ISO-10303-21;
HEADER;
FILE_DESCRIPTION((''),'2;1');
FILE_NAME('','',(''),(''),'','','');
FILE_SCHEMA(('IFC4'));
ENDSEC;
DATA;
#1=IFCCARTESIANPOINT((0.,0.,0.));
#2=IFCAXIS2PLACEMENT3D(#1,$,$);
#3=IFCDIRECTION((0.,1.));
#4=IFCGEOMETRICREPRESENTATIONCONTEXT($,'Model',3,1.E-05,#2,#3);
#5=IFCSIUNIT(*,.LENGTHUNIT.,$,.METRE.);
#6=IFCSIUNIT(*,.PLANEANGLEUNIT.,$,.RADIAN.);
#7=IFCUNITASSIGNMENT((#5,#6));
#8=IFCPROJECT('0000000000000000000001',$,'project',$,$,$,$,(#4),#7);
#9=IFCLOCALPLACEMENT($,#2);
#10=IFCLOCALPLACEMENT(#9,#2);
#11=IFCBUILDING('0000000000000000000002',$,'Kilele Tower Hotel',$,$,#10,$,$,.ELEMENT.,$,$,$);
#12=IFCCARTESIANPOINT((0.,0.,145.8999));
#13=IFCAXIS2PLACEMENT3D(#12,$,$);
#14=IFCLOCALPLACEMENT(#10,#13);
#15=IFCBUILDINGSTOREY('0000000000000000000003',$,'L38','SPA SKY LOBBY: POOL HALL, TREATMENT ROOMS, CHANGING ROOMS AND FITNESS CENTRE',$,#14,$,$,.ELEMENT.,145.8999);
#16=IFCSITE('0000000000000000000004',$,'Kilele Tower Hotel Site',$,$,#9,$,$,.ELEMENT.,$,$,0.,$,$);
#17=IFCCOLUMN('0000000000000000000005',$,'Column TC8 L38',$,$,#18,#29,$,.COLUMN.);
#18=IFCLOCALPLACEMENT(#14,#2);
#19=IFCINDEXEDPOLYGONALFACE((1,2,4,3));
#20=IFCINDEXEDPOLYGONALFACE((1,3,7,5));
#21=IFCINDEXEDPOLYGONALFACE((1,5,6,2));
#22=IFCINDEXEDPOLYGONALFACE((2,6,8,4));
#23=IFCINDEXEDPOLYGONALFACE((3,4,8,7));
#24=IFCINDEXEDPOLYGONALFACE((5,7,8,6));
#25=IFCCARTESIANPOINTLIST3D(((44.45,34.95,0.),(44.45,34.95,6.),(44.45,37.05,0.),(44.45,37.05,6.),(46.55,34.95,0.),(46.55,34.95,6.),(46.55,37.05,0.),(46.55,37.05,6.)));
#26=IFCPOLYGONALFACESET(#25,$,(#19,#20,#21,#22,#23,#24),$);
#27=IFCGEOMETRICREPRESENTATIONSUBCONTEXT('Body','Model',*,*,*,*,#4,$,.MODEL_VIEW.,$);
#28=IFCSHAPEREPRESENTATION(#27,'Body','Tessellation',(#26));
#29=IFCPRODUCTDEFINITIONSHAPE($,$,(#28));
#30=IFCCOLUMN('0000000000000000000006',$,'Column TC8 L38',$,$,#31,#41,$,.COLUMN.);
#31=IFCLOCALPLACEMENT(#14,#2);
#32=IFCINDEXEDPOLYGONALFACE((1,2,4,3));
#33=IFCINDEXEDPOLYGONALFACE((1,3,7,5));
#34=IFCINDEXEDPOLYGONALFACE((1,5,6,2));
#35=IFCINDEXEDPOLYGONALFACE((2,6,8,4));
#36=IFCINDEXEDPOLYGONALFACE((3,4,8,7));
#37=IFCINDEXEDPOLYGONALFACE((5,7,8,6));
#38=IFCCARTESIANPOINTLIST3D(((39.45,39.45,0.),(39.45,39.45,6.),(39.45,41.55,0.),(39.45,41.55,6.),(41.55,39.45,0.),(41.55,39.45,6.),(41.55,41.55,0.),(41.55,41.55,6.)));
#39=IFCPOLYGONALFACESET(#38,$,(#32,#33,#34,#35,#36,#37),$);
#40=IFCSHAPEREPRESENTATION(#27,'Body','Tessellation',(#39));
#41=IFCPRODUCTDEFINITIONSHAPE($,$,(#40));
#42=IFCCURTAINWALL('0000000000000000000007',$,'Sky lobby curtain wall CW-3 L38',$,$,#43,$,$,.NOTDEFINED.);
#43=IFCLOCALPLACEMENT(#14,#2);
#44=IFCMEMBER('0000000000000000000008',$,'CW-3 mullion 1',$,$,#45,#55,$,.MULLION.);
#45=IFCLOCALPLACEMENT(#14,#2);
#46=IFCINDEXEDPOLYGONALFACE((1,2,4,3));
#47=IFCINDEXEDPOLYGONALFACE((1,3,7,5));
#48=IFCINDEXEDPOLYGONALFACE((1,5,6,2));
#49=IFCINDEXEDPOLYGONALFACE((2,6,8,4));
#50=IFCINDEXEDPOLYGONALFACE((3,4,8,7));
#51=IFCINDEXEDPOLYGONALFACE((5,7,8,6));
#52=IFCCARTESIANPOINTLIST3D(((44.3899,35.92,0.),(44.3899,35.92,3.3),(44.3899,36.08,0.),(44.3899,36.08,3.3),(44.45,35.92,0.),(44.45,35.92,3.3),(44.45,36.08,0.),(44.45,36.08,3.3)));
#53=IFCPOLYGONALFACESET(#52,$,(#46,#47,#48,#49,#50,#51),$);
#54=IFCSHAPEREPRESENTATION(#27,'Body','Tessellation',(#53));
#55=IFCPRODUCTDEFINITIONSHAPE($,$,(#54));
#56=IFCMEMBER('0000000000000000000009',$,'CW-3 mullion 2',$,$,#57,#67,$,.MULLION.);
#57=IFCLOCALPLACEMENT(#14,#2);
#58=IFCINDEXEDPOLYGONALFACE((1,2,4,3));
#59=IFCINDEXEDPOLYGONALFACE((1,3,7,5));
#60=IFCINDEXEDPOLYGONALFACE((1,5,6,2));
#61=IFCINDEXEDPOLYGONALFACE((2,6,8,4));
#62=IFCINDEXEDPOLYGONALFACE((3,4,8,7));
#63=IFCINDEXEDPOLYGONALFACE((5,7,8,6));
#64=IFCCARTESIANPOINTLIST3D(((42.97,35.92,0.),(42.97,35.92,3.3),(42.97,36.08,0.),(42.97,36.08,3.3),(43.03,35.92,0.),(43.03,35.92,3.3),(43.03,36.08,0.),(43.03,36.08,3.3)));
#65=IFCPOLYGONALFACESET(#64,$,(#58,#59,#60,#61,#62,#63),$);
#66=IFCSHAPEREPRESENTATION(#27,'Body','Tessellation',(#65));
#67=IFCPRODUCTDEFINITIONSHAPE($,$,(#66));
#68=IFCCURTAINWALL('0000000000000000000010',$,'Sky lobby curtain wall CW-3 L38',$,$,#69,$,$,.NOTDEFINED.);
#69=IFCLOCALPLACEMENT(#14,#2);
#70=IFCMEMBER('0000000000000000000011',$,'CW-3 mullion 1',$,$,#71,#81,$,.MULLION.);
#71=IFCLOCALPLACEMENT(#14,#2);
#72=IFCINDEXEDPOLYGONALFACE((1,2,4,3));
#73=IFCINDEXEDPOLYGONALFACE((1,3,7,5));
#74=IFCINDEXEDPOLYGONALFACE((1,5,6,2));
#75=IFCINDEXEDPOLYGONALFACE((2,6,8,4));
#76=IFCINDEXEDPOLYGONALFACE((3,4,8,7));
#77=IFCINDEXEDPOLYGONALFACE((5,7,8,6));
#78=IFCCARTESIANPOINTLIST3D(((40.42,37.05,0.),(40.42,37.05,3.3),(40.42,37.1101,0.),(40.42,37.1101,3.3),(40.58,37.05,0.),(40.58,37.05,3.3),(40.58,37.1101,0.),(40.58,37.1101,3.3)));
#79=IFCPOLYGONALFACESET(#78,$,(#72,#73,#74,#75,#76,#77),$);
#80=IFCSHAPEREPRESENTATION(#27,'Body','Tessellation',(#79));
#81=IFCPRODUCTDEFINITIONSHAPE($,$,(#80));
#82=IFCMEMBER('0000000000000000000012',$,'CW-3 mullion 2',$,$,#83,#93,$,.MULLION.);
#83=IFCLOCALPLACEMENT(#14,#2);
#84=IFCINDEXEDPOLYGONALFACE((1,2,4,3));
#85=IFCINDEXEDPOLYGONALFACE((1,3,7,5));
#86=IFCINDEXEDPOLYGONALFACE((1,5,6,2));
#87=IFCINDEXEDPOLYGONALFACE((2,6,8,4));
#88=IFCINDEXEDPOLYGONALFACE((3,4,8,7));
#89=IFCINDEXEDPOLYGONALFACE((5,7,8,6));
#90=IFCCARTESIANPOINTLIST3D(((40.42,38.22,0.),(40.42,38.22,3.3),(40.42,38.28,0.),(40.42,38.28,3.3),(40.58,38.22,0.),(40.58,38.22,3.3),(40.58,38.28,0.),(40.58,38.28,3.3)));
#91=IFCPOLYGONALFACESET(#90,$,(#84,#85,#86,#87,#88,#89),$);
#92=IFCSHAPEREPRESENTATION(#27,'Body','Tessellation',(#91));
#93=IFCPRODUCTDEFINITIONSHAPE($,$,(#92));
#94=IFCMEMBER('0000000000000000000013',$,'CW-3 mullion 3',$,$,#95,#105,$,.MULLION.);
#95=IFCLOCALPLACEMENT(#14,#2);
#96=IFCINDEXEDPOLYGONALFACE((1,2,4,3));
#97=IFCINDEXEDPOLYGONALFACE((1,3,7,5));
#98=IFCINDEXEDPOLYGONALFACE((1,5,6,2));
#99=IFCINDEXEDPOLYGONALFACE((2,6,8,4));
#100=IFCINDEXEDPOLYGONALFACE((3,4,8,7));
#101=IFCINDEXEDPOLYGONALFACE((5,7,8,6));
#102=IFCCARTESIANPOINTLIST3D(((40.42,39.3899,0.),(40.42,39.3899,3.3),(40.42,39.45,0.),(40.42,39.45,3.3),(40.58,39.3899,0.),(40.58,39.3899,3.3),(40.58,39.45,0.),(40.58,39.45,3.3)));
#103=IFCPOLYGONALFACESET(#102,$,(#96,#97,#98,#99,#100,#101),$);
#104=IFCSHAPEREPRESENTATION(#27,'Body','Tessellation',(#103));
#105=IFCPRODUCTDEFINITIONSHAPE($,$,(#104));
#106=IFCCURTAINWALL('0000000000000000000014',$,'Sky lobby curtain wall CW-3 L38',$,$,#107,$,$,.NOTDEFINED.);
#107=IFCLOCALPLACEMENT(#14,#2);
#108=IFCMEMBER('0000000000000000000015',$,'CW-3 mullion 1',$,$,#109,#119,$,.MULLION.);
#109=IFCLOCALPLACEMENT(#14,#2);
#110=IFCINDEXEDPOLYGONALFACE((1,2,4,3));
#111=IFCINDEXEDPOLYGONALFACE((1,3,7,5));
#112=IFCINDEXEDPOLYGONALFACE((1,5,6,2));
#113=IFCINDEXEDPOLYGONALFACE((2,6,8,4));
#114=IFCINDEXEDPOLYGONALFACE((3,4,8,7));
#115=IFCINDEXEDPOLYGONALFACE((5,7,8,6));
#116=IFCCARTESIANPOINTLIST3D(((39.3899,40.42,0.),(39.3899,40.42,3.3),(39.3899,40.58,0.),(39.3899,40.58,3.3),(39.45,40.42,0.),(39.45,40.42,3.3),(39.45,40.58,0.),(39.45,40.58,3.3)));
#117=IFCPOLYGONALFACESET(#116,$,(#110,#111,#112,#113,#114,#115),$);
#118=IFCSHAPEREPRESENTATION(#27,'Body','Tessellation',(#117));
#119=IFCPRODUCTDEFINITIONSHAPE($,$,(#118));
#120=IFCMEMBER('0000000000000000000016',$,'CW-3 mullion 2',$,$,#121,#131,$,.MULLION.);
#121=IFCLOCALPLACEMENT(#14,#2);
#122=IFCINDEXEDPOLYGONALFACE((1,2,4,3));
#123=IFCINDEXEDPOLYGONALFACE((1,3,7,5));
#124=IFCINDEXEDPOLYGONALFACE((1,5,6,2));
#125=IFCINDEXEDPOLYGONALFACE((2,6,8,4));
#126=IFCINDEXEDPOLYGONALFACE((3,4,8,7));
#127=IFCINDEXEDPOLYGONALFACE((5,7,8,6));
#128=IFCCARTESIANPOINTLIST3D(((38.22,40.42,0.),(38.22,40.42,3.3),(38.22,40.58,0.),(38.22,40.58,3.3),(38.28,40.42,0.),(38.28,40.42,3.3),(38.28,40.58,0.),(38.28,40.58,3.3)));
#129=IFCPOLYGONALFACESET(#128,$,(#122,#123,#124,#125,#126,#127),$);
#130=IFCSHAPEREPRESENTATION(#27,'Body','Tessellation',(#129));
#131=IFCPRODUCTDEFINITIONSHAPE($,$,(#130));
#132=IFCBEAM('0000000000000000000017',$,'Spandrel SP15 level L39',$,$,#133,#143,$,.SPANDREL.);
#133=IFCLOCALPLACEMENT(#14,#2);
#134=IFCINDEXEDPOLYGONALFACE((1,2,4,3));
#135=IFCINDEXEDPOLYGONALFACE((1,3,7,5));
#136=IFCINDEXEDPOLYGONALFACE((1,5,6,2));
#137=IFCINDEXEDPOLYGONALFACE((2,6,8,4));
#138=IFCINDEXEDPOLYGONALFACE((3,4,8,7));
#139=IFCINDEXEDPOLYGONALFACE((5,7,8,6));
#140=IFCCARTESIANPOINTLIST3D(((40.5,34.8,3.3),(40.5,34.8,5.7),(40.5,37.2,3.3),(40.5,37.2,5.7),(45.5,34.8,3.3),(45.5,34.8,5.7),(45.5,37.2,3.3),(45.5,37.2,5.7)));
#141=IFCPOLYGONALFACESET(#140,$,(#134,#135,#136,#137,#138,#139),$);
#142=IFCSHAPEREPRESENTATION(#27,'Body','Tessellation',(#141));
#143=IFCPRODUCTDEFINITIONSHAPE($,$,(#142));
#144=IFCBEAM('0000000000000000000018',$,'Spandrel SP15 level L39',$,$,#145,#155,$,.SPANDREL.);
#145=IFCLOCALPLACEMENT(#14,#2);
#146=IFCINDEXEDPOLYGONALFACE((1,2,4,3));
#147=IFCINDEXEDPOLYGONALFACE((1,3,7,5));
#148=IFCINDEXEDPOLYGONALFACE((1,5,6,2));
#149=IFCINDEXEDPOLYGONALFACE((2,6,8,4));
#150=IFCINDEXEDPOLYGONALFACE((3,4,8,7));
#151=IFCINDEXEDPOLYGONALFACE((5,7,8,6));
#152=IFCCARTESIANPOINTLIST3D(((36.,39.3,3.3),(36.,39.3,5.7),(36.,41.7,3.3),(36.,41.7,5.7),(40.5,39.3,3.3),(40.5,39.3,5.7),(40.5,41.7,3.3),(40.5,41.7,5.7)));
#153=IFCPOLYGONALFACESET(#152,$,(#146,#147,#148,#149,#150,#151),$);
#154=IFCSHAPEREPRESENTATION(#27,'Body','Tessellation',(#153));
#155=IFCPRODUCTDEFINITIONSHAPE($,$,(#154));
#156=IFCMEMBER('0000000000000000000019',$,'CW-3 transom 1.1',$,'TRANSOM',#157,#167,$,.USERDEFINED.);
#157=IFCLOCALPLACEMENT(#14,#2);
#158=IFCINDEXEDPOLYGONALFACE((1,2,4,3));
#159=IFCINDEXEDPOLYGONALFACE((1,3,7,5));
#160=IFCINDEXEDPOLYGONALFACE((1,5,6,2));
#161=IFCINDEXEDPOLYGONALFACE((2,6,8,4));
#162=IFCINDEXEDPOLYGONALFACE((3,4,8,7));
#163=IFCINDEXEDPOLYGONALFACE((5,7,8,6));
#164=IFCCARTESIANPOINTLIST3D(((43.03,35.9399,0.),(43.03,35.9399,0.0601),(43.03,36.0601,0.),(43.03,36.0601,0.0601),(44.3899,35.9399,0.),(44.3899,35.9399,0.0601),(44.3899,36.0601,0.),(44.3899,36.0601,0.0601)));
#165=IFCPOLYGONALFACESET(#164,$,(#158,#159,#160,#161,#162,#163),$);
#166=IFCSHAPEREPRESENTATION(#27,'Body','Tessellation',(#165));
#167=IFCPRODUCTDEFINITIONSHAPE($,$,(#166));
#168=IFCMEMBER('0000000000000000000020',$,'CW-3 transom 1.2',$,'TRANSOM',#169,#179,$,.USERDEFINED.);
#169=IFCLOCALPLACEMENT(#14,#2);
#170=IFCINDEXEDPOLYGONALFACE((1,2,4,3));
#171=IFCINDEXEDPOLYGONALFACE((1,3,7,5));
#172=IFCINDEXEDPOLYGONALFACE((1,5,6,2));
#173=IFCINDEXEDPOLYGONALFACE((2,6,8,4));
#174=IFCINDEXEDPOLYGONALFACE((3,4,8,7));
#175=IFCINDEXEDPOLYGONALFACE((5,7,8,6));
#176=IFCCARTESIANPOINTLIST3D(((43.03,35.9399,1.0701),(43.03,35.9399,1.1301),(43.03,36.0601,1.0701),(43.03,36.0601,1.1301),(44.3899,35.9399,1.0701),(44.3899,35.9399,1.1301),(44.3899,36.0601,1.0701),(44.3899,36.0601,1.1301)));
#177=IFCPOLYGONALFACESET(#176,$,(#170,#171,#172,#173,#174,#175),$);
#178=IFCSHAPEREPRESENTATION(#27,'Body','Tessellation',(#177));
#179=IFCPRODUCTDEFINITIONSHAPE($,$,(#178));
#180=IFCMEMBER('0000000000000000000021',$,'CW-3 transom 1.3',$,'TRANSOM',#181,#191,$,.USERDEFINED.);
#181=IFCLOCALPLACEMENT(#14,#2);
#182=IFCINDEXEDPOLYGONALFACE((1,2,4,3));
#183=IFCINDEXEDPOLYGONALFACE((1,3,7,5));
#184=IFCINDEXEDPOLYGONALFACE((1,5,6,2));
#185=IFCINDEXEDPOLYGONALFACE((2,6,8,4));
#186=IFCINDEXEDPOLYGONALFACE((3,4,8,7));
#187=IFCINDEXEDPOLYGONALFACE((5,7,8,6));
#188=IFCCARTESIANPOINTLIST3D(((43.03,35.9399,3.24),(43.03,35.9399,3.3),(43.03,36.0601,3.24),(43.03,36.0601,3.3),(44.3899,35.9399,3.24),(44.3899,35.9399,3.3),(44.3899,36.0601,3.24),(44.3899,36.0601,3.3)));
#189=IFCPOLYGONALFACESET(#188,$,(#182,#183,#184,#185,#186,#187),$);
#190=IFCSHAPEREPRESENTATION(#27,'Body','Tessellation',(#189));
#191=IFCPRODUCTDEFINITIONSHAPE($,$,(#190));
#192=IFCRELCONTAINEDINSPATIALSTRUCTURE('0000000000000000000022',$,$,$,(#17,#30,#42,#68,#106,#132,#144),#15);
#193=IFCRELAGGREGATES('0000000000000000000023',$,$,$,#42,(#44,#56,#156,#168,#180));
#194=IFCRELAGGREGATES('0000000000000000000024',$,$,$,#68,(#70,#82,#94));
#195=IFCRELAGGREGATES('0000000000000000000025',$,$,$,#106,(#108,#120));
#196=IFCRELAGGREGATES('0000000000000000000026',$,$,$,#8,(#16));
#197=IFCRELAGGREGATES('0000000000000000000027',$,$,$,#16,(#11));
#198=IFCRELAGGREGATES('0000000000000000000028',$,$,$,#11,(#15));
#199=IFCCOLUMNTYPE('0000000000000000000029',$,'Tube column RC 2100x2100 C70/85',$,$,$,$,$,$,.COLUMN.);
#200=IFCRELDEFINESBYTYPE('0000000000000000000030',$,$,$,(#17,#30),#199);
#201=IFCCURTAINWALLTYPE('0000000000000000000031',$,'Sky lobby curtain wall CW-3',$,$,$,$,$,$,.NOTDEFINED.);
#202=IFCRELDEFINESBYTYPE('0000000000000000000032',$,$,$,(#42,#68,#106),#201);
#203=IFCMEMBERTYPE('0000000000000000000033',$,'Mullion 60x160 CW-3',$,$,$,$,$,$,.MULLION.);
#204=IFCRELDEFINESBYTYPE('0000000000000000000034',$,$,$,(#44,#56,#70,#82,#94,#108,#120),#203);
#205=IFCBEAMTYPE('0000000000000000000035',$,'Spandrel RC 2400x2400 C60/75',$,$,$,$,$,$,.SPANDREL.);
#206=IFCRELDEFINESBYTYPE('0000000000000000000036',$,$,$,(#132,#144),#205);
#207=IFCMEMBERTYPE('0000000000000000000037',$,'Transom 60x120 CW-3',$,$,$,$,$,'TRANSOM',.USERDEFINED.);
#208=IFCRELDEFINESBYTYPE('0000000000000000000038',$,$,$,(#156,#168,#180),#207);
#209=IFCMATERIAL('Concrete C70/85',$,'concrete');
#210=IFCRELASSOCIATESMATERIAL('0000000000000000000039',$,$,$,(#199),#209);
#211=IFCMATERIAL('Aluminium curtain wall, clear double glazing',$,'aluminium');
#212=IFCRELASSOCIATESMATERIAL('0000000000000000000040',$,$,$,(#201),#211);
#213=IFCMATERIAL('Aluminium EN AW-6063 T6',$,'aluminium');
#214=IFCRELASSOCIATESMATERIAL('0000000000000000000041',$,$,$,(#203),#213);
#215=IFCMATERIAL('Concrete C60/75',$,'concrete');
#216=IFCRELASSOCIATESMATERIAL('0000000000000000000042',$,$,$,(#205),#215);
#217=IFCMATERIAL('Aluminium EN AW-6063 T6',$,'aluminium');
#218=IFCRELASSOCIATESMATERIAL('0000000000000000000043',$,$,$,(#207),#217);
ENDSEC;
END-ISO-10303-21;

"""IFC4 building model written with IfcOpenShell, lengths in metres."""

from ifc_helpers import new_model, si_unit, direction, frame, origin, origin_2d, place, context, subcontext, project, spatial, rectangle, extrude, material, material_profile, profile_set, type_object, element, aggregate, save


model = new_model("IFC4")

# Units and contexts
model_context = context("Model", 3, precision=1e-05, world=origin(), true_north=direction((0.0, 1.0)))
body_context = subcontext(model_context, "Body", "Model", "MODEL_VIEW")
ifc_project = project(units=[si_unit("LENGTHUNIT", "METRE"), si_unit("PLANEANGLEUNIT", "RADIAN")], contexts=[model_context])

# Site, building, storey
site_placement = place(None, origin())
site = spatial("IfcSite", under=ifc_project, at=site_placement, Name="Kilele Tower Hotel Site", CompositionType="ELEMENT", RefElevation=0.0)
building_placement = place(site_placement, origin())
building = spatial("IfcBuilding", under=site, at=building_placement, Name="Kilele Tower Hotel", CompositionType="ELEMENT")
storey_placement = place(building_placement, frame((0.0, 0.0, 145.8999)))
storey = spatial("IfcBuildingStorey", under=building, at=storey_placement, Name="L38", Description="SPA SKY LOBBY: POOL HALL, TREATMENT ROOMS, CHANGING ROOMS AND FITNESS CENTRE", CompositionType="ELEMENT", Elevation=145.8999)

# Columns
ifc_material_1 = material(Name="Concrete C70/85", Category="concrete")
ifc_material_profile_1 = material_profile(ifc_material_1, rectangle(XDim=2.1001, YDim=2.1001, at=origin_2d()))
ifc_profile_set_1 = profile_set([ifc_material_profile_1], Name="Concrete C70/85")
column_type = type_object("IfcColumnType", Name="Tube column RC 2100x2100 C70/85", PredefinedType="COLUMN", material=ifc_profile_set_1)
for number, where, z_axis, x_axis, name in (
    (1, (45.5, 36.0, 0.0), (0.0, 0.0, 1.0), (1.0, 0.0, 0.0), "Column TC8 L38"),
    (2, (40.5, 40.5, 0.0), (0.0, 0.0, 1.0), (1.0, 0.0, 0.0), "Column TC8 L38"),
):
    element("IfcColumn", number, at=place(storey_placement, frame(where, z_axis=z_axis, x_axis=x_axis)), inside=storey, type_object=column_type, Name=name, PredefinedType="COLUMN", context=body_context, shape_type="SweptSolid", body=[
        extrude(rectangle(XDim=2.1001, YDim=2.1001, at=origin_2d()), origin(), (0.0, 0.0, 1.0), 6.0),
    ])

# Curtain walls, members
ifc_material_2 = material(Name="Aluminium curtain wall, clear double glazing", Category="aluminium")
curtain_wall_type = type_object("IfcCurtainWallType", Name="Sky lobby curtain wall CW-3", PredefinedType="NOTDEFINED", material=ifc_material_2)
curtain_wall_1_placement = place(storey_placement, origin())
curtain_wall_1 = element("IfcCurtainWall", 3, at=curtain_wall_1_placement, inside=storey, type_object=curtain_wall_type, Name="Sky lobby curtain wall CW-3 L38", PredefinedType="NOTDEFINED")
ifc_material_3 = material(Name="Aluminium EN AW-6063 T6", Category="aluminium")
ifc_material_profile_2 = material_profile(ifc_material_3, rectangle(XDim=0.1599, YDim=0.0601, at=origin_2d()))
ifc_profile_set_2 = profile_set([ifc_material_profile_2], Name="Aluminium EN AW-6063 T6")
member_type_1 = type_object("IfcMemberType", Name="Mullion 60x160 CW-3", PredefinedType="MULLION", material=ifc_profile_set_2)
member_1_placement = place(storey_placement, frame((44.4199, 36.0, 0.0), z_axis=(0.0, 0.0, 1.0), x_axis=(0.0, -1.0, 0.0)))
member_1 = element("IfcMember", 4, at=member_1_placement, type_object=member_type_1, Name="CW-3 mullion 1", PredefinedType="MULLION", context=body_context, shape_type="SweptSolid", body=[
    extrude(rectangle(XDim=0.1599, YDim=0.0601, at=origin_2d()), origin(), (0.0, 0.0, 1.0), 3.3),
])
member_2_placement = place(storey_placement, frame((43.0, 36.0, 0.0), z_axis=(0.0, 0.0, 1.0), x_axis=(0.0, -1.0, 0.0)))
member_2 = element("IfcMember", 5, at=member_2_placement, type_object=member_type_1, Name="CW-3 mullion 2", PredefinedType="MULLION", context=body_context, shape_type="SweptSolid", body=[
    extrude(rectangle(XDim=0.1599, YDim=0.0601, at=origin_2d()), origin(), (0.0, 0.0, 1.0), 3.3),
])
curtain_wall_2_placement = place(storey_placement, origin())
curtain_wall_2 = element("IfcCurtainWall", 6, at=curtain_wall_2_placement, inside=storey, type_object=curtain_wall_type, Name="Sky lobby curtain wall CW-3 L38", PredefinedType="NOTDEFINED")
member_3_placement = place(storey_placement, frame((40.5, 37.0801, 0.0), z_axis=(0.0, 0.0, 1.0), x_axis=(-1.0, 0.0, 0.0)))
member_3 = element("IfcMember", 7, at=member_3_placement, type_object=member_type_1, Name="CW-3 mullion 1", PredefinedType="MULLION", context=body_context, shape_type="SweptSolid", body=[
    extrude(rectangle(XDim=0.1599, YDim=0.0601, at=origin_2d()), origin(), (0.0, 0.0, 1.0), 3.3),
])
member_4_placement = place(storey_placement, frame((40.5, 38.25, 0.0), z_axis=(0.0, 0.0, 1.0), x_axis=(-1.0, 0.0, 0.0)))
member_4 = element("IfcMember", 8, at=member_4_placement, type_object=member_type_1, Name="CW-3 mullion 2", PredefinedType="MULLION", context=body_context, shape_type="SweptSolid", body=[
    extrude(rectangle(XDim=0.1599, YDim=0.0601, at=origin_2d()), origin(), (0.0, 0.0, 1.0), 3.3),
])
member_5_placement = place(storey_placement, frame((40.5, 39.4199, 0.0), z_axis=(0.0, 0.0, 1.0), x_axis=(-1.0, 0.0, 0.0)))
member_5 = element("IfcMember", 9, at=member_5_placement, type_object=member_type_1, Name="CW-3 mullion 3", PredefinedType="MULLION", context=body_context, shape_type="SweptSolid", body=[
    extrude(rectangle(XDim=0.1599, YDim=0.0601, at=origin_2d()), origin(), (0.0, 0.0, 1.0), 3.3),
])
curtain_wall_3_placement = place(storey_placement, origin())
curtain_wall_3 = element("IfcCurtainWall", 10, at=curtain_wall_3_placement, inside=storey, type_object=curtain_wall_type, Name="Sky lobby curtain wall CW-3 L38", PredefinedType="NOTDEFINED")
member_6_placement = place(storey_placement, frame((39.4199, 40.5, 0.0), z_axis=(0.0, 0.0, 1.0), x_axis=(0.0, -1.0, 0.0)))
member_6 = element("IfcMember", 11, at=member_6_placement, type_object=member_type_1, Name="CW-3 mullion 1", PredefinedType="MULLION", context=body_context, shape_type="SweptSolid", body=[
    extrude(rectangle(XDim=0.1599, YDim=0.0601, at=origin_2d()), origin(), (0.0, 0.0, 1.0), 3.3),
])
member_7_placement = place(storey_placement, frame((38.25, 40.5, 0.0), z_axis=(0.0, 0.0, 1.0), x_axis=(0.0, -1.0, 0.0)))
member_7 = element("IfcMember", 12, at=member_7_placement, type_object=member_type_1, Name="CW-3 mullion 2", PredefinedType="MULLION", context=body_context, shape_type="SweptSolid", body=[
    extrude(rectangle(XDim=0.1599, YDim=0.0601, at=origin_2d()), origin(), (0.0, 0.0, 1.0), 3.3),
])

# Beams
ifc_material_4 = material(Name="Concrete C60/75", Category="concrete")
ifc_material_profile_3 = material_profile(ifc_material_4, rectangle(XDim=2.3999, YDim=2.3999, at=origin_2d()))
ifc_profile_set_3 = profile_set([ifc_material_profile_3], Name="Concrete C60/75")
beam_type = type_object("IfcBeamType", Name="Spandrel RC 2400x2400 C60/75", PredefinedType="SPANDREL", material=ifc_profile_set_3)
beam_1_placement = place(storey_placement, frame((45.5, 36.0, 4.5), z_axis=(-1.0, 0.0, 0.0), x_axis=(0.0, -1.0, 0.0)))
element("IfcBeam", 13, at=beam_1_placement, inside=storey, type_object=beam_type, Name="Spandrel SP15 level L39", PredefinedType="SPANDREL", context=body_context, shape_type="SweptSolid", body=[
    extrude(rectangle(XDim=2.3999, YDim=2.3999, at=origin_2d()), origin(), (0.0, 0.0, 1.0), 5.0),
])
beam_2_placement = place(storey_placement, frame((40.5, 40.5, 4.5), z_axis=(-1.0, 0.0, 0.0), x_axis=(0.0, -1.0, 0.0)))
element("IfcBeam", 14, at=beam_2_placement, inside=storey, type_object=beam_type, Name="Spandrel SP15 level L39", PredefinedType="SPANDREL", context=body_context, shape_type="SweptSolid", body=[
    extrude(rectangle(XDim=2.3999, YDim=2.3999, at=origin_2d()), origin(), (0.0, 0.0, 1.0), 4.5),
])

# Members
ifc_material_5 = material(Name="Aluminium EN AW-6063 T6", Category="aluminium")
ifc_material_profile_4 = material_profile(ifc_material_5, rectangle(XDim=0.1201, YDim=0.0601, at=origin_2d()))
ifc_profile_set_4 = profile_set([ifc_material_profile_4], Name="Aluminium EN AW-6063 T6")
member_type_2 = type_object("IfcMemberType", Name="Transom 60x120 CW-3", ElementType="TRANSOM", PredefinedType="USERDEFINED", material=ifc_profile_set_4)
member_8_placement = place(storey_placement, frame((44.3899, 36.0, 0.03), z_axis=(-1.0, 0.0, 0.0), x_axis=(0.0, -1.0, 0.0)))
member_8 = element("IfcMember", 15, at=member_8_placement, type_object=member_type_2, Name="CW-3 transom 1.1", ObjectType="TRANSOM", PredefinedType="USERDEFINED", context=body_context, shape_type="SweptSolid", body=[
    extrude(rectangle(XDim=0.1201, YDim=0.0601, at=origin_2d()), origin(), (0.0, 0.0, 1.0), 1.3599),
])
member_9_placement = place(storey_placement, frame((44.3899, 36.0, 1.1001), z_axis=(-1.0, 0.0, 0.0), x_axis=(0.0, -1.0, 0.0)))
member_9 = element("IfcMember", 16, at=member_9_placement, type_object=member_type_2, Name="CW-3 transom 1.2", ObjectType="TRANSOM", PredefinedType="USERDEFINED", context=body_context, shape_type="SweptSolid", body=[
    extrude(rectangle(XDim=0.1201, YDim=0.0601, at=origin_2d()), origin(), (0.0, 0.0, 1.0), 1.3599),
])
member_10_placement = place(storey_placement, frame((44.3899, 36.0, 3.27), z_axis=(-1.0, 0.0, 0.0), x_axis=(0.0, -1.0, 0.0)))
member_10 = element("IfcMember", 17, at=member_10_placement, type_object=member_type_2, Name="CW-3 transom 1.3", ObjectType="TRANSOM", PredefinedType="USERDEFINED", context=body_context, shape_type="SweptSolid", body=[
    extrude(rectangle(XDim=0.1201, YDim=0.0601, at=origin_2d()), origin(), (0.0, 0.0, 1.0), 1.3599),
])

aggregate(curtain_wall_1, [member_1, member_2, member_8, member_9, member_10])
aggregate(curtain_wall_2, [member_3, member_4, member_5])
aggregate(curtain_wall_3, [member_6, member_7])

save(model, "model.ifc")
